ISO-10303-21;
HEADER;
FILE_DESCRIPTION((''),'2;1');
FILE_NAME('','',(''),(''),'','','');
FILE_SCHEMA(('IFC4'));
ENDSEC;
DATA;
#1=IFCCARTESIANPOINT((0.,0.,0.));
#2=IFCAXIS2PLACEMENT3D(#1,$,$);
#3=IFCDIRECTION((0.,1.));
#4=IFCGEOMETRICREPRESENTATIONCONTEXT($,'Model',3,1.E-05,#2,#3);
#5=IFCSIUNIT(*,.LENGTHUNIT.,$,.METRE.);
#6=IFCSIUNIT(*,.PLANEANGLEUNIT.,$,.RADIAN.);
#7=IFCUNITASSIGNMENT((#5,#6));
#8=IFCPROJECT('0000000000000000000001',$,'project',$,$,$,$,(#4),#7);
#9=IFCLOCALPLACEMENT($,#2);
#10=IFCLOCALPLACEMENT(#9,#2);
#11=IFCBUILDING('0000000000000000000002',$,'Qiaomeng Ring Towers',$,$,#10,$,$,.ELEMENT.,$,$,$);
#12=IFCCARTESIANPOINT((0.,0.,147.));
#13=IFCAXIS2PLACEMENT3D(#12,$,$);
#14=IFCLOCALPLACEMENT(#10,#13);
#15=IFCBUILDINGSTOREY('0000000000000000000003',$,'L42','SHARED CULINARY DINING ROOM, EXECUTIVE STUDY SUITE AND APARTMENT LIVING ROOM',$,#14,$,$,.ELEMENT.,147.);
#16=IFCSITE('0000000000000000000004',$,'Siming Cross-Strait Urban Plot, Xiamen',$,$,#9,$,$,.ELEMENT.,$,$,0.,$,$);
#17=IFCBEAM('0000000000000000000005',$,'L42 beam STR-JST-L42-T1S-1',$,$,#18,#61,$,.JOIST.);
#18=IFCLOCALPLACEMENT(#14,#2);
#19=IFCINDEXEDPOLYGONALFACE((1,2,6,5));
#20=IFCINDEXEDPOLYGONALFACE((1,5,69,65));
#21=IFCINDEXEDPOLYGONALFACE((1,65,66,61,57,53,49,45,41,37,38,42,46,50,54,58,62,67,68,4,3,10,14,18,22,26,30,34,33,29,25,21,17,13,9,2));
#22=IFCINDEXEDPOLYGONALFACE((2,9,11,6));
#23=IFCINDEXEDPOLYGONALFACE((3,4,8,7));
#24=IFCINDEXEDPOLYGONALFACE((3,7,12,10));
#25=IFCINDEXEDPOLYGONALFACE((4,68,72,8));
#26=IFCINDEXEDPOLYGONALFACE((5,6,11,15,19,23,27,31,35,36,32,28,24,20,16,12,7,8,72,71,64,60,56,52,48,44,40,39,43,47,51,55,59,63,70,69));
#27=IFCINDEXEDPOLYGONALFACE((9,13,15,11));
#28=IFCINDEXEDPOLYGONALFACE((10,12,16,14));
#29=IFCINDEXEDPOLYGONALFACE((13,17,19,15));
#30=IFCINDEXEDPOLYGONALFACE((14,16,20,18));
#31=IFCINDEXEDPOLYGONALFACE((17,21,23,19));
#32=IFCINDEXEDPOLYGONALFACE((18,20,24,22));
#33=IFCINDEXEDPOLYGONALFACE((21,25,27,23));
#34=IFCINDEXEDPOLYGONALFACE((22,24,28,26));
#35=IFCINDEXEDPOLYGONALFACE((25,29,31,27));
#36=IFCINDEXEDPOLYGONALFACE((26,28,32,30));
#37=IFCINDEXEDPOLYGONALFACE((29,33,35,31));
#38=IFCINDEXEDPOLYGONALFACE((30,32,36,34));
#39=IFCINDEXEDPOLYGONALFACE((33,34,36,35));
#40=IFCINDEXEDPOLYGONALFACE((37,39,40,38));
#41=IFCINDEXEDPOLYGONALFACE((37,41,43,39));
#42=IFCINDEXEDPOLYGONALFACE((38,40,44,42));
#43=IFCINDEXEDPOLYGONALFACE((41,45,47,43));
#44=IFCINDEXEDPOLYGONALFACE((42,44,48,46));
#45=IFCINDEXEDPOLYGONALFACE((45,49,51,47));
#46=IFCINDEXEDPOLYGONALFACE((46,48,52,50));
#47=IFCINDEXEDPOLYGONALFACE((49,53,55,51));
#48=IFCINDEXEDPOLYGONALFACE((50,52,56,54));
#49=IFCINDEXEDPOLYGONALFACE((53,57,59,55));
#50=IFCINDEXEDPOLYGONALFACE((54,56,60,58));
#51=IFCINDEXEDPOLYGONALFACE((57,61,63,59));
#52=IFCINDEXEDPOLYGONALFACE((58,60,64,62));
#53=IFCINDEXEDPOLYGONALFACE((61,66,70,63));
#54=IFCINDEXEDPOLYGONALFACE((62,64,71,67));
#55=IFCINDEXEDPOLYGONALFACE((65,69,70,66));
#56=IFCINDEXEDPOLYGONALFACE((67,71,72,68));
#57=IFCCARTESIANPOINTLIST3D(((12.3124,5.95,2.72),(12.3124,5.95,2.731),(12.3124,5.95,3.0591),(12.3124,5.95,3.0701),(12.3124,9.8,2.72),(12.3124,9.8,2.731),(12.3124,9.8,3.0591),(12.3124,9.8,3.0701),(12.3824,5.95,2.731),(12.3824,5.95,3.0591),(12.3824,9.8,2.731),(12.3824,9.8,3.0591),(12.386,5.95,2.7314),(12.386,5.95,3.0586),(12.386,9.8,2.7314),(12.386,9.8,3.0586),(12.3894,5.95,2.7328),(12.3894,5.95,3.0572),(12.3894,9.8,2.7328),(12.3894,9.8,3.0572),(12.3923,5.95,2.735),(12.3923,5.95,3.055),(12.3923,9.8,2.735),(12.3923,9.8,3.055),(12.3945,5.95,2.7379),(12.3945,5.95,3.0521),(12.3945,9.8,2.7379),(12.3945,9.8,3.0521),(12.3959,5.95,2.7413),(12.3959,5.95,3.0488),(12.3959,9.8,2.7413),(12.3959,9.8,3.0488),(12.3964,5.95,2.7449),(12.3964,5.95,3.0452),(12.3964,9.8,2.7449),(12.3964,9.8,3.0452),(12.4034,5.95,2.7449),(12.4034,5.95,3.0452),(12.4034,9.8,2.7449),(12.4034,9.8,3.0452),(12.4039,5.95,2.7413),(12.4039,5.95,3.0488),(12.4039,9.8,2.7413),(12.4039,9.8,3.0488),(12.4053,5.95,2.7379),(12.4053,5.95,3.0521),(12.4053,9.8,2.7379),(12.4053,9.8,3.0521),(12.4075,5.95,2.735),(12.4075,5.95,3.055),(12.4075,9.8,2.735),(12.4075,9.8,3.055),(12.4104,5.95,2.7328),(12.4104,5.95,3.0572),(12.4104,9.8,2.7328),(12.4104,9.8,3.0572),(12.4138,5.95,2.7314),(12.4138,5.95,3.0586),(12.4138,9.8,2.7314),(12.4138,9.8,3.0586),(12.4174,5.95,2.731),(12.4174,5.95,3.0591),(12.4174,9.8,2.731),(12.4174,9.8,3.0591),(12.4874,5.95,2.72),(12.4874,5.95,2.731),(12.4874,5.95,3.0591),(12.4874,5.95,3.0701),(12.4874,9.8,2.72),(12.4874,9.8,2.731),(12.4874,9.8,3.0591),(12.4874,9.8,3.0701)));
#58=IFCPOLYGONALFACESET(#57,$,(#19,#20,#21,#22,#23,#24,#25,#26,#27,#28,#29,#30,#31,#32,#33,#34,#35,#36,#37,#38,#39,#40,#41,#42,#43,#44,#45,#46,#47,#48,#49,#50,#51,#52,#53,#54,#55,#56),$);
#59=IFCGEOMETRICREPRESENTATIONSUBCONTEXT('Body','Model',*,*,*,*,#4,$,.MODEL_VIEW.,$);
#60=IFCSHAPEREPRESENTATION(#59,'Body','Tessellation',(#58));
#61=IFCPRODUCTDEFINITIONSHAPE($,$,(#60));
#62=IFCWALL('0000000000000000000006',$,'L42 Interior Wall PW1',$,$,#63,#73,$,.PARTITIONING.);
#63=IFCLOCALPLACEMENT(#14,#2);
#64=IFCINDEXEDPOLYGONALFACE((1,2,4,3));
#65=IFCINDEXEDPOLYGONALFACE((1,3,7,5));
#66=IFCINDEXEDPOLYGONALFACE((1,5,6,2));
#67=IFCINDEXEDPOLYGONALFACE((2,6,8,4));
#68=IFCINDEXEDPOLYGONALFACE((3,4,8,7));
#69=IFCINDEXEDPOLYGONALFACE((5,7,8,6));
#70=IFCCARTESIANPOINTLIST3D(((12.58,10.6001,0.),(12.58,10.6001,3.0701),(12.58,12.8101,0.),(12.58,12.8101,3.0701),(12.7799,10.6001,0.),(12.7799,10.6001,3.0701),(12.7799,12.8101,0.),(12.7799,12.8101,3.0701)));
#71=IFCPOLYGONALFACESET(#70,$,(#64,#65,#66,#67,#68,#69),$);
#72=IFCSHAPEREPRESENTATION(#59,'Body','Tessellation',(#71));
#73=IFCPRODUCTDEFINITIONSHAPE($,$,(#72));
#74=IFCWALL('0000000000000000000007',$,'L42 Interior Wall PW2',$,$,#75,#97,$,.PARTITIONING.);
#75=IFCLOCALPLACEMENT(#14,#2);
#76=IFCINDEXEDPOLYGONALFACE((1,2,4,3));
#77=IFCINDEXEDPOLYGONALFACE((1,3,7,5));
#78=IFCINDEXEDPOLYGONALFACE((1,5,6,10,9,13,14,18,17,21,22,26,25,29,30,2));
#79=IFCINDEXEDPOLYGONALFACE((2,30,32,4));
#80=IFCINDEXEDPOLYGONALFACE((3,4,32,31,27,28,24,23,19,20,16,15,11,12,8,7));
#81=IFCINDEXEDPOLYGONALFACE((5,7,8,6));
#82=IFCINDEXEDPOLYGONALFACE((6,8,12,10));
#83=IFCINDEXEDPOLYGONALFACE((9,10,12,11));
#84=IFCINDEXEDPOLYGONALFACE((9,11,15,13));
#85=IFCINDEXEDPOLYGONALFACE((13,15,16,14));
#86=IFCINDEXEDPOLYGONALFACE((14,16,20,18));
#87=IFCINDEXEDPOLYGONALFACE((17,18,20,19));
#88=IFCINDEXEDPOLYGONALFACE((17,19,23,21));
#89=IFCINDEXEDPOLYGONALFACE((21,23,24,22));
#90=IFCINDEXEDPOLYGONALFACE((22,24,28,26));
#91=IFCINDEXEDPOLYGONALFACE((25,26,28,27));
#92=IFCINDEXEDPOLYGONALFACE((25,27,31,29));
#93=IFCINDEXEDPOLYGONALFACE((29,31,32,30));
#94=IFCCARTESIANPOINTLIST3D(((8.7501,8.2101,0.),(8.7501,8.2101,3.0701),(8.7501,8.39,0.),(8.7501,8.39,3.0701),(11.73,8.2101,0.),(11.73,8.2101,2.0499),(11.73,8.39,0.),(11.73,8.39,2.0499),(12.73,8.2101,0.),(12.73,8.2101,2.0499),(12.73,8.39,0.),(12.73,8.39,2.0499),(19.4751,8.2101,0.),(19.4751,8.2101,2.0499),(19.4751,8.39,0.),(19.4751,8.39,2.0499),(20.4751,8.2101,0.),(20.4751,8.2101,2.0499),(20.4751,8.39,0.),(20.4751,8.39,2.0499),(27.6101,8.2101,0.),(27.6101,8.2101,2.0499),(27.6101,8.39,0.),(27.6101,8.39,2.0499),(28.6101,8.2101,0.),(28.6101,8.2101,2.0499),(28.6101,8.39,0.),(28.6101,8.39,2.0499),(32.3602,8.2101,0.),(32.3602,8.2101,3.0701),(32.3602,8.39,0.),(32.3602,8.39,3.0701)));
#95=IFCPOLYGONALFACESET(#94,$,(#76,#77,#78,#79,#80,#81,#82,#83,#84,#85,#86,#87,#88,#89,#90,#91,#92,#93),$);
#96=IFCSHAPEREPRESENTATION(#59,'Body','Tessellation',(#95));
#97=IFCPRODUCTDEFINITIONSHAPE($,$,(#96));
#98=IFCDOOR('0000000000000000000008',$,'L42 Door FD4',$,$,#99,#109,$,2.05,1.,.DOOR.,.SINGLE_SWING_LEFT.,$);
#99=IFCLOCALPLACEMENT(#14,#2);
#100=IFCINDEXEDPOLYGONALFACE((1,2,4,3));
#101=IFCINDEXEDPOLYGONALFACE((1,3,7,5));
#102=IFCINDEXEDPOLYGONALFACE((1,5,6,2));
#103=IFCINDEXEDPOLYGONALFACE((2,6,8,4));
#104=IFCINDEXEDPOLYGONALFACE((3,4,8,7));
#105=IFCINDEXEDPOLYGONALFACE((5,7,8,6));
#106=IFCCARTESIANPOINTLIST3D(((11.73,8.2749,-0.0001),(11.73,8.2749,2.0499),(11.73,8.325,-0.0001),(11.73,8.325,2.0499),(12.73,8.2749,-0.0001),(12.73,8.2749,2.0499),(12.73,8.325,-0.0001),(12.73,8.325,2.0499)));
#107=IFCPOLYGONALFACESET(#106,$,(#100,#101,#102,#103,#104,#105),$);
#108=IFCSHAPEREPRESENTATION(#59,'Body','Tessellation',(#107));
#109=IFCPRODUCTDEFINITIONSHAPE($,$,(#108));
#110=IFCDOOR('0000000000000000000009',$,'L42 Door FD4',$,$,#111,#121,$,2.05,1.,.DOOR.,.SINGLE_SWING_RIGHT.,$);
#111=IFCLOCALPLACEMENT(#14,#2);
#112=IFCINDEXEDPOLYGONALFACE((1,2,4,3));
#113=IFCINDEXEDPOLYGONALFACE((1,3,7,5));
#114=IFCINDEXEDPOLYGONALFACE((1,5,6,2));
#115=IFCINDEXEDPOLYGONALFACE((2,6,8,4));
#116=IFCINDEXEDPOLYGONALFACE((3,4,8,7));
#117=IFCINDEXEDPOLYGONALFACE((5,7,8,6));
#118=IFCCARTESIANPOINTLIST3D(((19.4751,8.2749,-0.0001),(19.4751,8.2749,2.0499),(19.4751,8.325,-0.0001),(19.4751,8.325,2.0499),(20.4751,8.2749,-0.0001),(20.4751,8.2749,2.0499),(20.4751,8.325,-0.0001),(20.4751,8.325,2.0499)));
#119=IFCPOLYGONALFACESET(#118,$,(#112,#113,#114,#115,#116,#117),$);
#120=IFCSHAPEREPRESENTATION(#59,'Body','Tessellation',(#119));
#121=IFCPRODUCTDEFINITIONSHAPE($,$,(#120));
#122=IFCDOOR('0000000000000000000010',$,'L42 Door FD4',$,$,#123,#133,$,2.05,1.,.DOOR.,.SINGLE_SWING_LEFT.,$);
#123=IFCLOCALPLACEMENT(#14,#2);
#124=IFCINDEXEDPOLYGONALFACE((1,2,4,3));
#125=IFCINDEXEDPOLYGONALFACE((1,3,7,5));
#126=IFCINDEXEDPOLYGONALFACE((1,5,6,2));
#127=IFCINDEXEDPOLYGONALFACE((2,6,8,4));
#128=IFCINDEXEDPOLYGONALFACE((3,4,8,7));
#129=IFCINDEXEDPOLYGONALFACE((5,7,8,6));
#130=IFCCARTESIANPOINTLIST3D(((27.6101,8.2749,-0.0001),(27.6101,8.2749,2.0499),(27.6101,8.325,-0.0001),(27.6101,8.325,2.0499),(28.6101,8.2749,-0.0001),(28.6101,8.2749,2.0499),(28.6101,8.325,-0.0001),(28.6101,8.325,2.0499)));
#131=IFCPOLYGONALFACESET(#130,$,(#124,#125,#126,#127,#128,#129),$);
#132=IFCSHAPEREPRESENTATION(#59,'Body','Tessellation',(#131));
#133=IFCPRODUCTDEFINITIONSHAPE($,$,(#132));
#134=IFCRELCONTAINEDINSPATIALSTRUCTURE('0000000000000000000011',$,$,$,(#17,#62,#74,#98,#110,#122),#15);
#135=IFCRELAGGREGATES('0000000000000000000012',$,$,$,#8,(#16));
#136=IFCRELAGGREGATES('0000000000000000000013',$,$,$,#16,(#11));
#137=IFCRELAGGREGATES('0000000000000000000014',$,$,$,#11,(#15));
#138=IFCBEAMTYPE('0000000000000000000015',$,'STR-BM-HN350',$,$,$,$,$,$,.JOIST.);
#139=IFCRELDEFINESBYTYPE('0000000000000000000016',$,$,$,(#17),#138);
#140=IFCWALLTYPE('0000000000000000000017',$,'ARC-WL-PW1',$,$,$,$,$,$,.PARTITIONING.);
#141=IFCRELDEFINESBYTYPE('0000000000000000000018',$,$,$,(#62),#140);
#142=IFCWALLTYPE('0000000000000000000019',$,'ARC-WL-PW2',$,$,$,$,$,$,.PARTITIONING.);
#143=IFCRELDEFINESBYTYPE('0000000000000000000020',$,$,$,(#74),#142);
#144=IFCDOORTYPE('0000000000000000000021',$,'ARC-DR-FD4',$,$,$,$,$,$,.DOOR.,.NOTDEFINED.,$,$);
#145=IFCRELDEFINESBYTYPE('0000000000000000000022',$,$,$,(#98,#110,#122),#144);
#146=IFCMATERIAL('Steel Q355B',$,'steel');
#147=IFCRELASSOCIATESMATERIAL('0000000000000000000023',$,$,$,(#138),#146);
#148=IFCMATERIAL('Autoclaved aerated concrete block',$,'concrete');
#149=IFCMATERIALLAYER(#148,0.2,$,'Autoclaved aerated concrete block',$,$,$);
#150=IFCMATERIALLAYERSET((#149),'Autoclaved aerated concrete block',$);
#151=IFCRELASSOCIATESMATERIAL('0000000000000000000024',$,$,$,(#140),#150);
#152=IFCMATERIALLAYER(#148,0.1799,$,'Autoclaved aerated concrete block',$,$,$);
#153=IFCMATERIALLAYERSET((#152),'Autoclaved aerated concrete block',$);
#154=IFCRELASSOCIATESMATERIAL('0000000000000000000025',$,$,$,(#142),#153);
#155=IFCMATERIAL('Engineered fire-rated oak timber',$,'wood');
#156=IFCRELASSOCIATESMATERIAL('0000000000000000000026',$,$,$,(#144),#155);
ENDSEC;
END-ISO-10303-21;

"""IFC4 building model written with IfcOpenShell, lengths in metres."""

from ifc_helpers import new_model, si_unit, direction, frame, frame_2d, origin, origin_2d, place, context, subcontext, project, spatial, rectangle, i_section, extrude, source, transform, mapped, material, layer, layer_set, material_profile, profile_set, type_object, element, fill, save


model = new_model("IFC4")

# Units and contexts
model_context = context("Model", 3, precision=1e-05, world=origin(), true_north=direction((0.0, 1.0)))
body_context = subcontext(model_context, "Body", "Model", "MODEL_VIEW")
ifc_project = project(units=[si_unit("LENGTHUNIT", "METRE"), si_unit("PLANEANGLEUNIT", "RADIAN")], contexts=[model_context])

# Site, building, storey
site_placement = place(None, origin())
site = spatial("IfcSite", under=ifc_project, at=site_placement, Name="Siming Cross-Strait Urban Plot, Xiamen", CompositionType="ELEMENT", RefElevation=0.0)
building_placement = place(site_placement, origin())
building = spatial("IfcBuilding", under=site, at=building_placement, Name="Qiaomeng Ring Towers", CompositionType="ELEMENT")
storey_placement = place(building_placement, frame((0.0, 0.0, 147.0)))
storey = spatial("IfcBuildingStorey", under=building, at=storey_placement, Name="L42", Description="SHARED CULINARY DINING ROOM, EXECUTIVE STUDY SUITE AND APARTMENT LIVING ROOM", CompositionType="ELEMENT", Elevation=147.0)

# Beam
ifc_material_1 = material(Name="Steel Q355B", Category="steel")
ifc_material_profile = material_profile(ifc_material_1, i_section(OverallWidth=0.175, OverallDepth=0.3501, WebThickness=0.0071, FlangeThickness=0.011, FilletRadius=0.0139, at=origin_2d()), Name="HN 350x175x7x11")
ifc_profile_set = profile_set([ifc_material_profile], Name="Steel Q355B")
beam_type = type_object("IfcBeamType", Name="STR-BM-HN350", PredefinedType="JOIST", material=ifc_profile_set)
shared_shape_1 = source(origin(), body_context, "Body", "SweptSolid", [
    extrude(i_section(OverallWidth=0.175, OverallDepth=0.3501, WebThickness=0.0071, FlangeThickness=0.011, FilletRadius=0.0139, at=origin_2d()), origin(), (0.0, 0.0, 1.0), 3.8501),
])
beam_placement = place(storey_placement, frame((12.3999, 5.95, 2.895), z_axis=(0.0, 1.0, 0.0), x_axis=(-1.0, 0.0, 0.0)))
element("IfcBeam", 1, at=beam_placement, inside=storey, type_object=beam_type, Name="L42 beam STR-JST-L42-T1S-1", PredefinedType="JOIST", context=body_context, shape_type="MappedRepresentation", body=[
    mapped(shared_shape_1, transform((0.0, 0.0, 0.0), x_axis=(1.0, 0.0, 0.0), y_axis=(0.0, 1.0, 0.0), z_axis=(0.0, 0.0, 1.0), scale=1.0)),
])

# Wall
ifc_material_2 = material(Name="Autoclaved aerated concrete block", Category="concrete")
ifc_layer_1 = layer(ifc_material_2, 0.2, Name="Autoclaved aerated concrete block")
ifc_layer_set_1 = layer_set([ifc_layer_1], Name="Autoclaved aerated concrete block")
wall_type_1 = type_object("IfcWallType", Name="ARC-WL-PW1", PredefinedType="PARTITIONING", material=ifc_layer_set_1)
wall_1_placement = place(storey_placement, frame((12.6799, 10.6001, 0.0), z_axis=(0.0, 0.0, 1.0), x_axis=(0.0, 1.0, 0.0)))
element("IfcWall", 2, at=wall_1_placement, inside=storey, type_object=wall_type_1, Name="L42 Interior Wall PW1", PredefinedType="PARTITIONING", context=body_context, shape_type="SweptSolid", body=[
    extrude(rectangle(XDim=2.21, YDim=0.2, at=frame_2d((1.105, 0.0))), origin(), (0.0, 0.0, 1.0), 3.0701),
])

# Wall, openings, doors
ifc_layer_2 = layer(ifc_material_2, 0.1799, Name="Autoclaved aerated concrete block")
ifc_layer_set_2 = layer_set([ifc_layer_2], Name="Autoclaved aerated concrete block")
wall_type_2 = type_object("IfcWallType", Name="ARC-WL-PW2", PredefinedType="PARTITIONING", material=ifc_layer_set_2)
wall_2_placement = place(storey_placement, frame((8.75, 8.3, 0.0), z_axis=(0.0, 0.0, 1.0), x_axis=(1.0, 0.0, 0.0)))
wall_2 = element("IfcWall", 3, at=wall_2_placement, inside=storey, type_object=wall_type_2, Name="L42 Interior Wall PW2", PredefinedType="PARTITIONING", context=body_context, shape_type="SweptSolid", body=[
    extrude(rectangle(XDim=23.6101, YDim=0.1799, at=frame_2d((11.8052, 0.0))), origin(), (0.0, 0.0, 1.0), 3.0701),
])
opening_1_placement = place(wall_2_placement, frame((2.98, 0.0, 0.0)))
opening_1 = element("IfcOpeningElement", 4, at=opening_1_placement, cuts=wall_2, PredefinedType="OPENING", context=body_context, shape_type="SweptSolid", body=[
    extrude(rectangle(XDim=1.0, YDim=2.05, at=frame_2d((0.5, 1.0249))), frame((0.0, 0.0999, 0.0), z_axis=(0.0, -1.0, 0.0), x_axis=(1.0, 0.0, 0.0)), (0.0, 0.0, 1.0), 0.2),
])
opening_2_placement = place(wall_2_placement, frame((10.7251, 0.0, 0.0)))
opening_2 = element("IfcOpeningElement", 5, at=opening_2_placement, cuts=wall_2, PredefinedType="OPENING", context=body_context, shape_type="SweptSolid", body=[
    extrude(rectangle(XDim=1.0, YDim=2.05, at=frame_2d((0.5, 1.0249))), frame((0.0, 0.0999, 0.0), z_axis=(0.0, -1.0, 0.0), x_axis=(1.0, 0.0, 0.0)), (0.0, 0.0, 1.0), 0.2),
])
opening_3_placement = place(wall_2_placement, frame((18.8601, 0.0, 0.0)))
opening_3 = element("IfcOpeningElement", 6, at=opening_3_placement, cuts=wall_2, PredefinedType="OPENING", context=body_context, shape_type="SweptSolid", body=[
    extrude(rectangle(XDim=1.0, YDim=2.05, at=frame_2d((0.5, 1.0249))), frame((0.0, 0.0999, 0.0), z_axis=(0.0, -1.0, 0.0), x_axis=(1.0, 0.0, 0.0)), (0.0, 0.0, 1.0), 0.2),
])
ifc_material_3 = material(Name="Engineered fire-rated oak timber", Category="wood")
door_type_1 = type_object("IfcDoorType", Name="ARC-DR-FD4", OperationType="NOTDEFINED", PredefinedType="DOOR", material=ifc_material_3)
shared_shape_2 = source(origin(), body_context, "Body", "SweptSolid", [
    extrude(rectangle(XDim=1.0, YDim=2.05, at=frame_2d((0.5, 1.0249))), frame((0.0, 0.0249, 0.0), z_axis=(0.0, -1.0, 0.0), x_axis=(1.0, 0.0, 0.0)), (0.0, 0.0, 1.0), 0.05),
])
door_1_placement = place(opening_1_placement, origin())
door_1 = element("IfcDoor", 7, at=door_1_placement, inside=storey, type_object=door_type_1, Name="L42 Door FD4", OperationType="SINGLE_SWING_LEFT", OverallHeight=2.05, OverallWidth=1.0, PredefinedType="DOOR", context=body_context, shape_type="MappedRepresentation", body=[
    mapped(shared_shape_2, transform((0.0, 0.0, 0.0), x_axis=(1.0, 0.0, 0.0), y_axis=(0.0, 1.0, 0.0), z_axis=(0.0, 0.0, 1.0), scale=1.0)),
])
fill(opening_1, door_1)
door_2_placement = place(opening_2_placement, origin())
door_2 = element("IfcDoor", 8, at=door_2_placement, inside=storey, type_object=door_type_1, Name="L42 Door FD4", OperationType="SINGLE_SWING_RIGHT", OverallHeight=2.05, OverallWidth=1.0, PredefinedType="DOOR", context=body_context, shape_type="MappedRepresentation", body=[
    mapped(shared_shape_2, transform((0.0, 0.0, 0.0), x_axis=(1.0, 0.0, 0.0), y_axis=(0.0, 1.0, 0.0), z_axis=(0.0, 0.0, 1.0), scale=1.0)),
])
fill(opening_2, door_2)
door_3_placement = place(opening_3_placement, origin())
door_3 = element("IfcDoor", 9, at=door_3_placement, inside=storey, type_object=door_type_1, Name="L42 Door FD4", OperationType="SINGLE_SWING_LEFT", OverallHeight=2.05, OverallWidth=1.0, PredefinedType="DOOR", context=body_context, shape_type="MappedRepresentation", body=[
    mapped(shared_shape_2, transform((0.0, 0.0, 0.0), x_axis=(1.0, 0.0, 0.0), y_axis=(0.0, 1.0, 0.0), z_axis=(0.0, 0.0, 1.0), scale=1.0)),
])
fill(opening_3, door_3)

save(model, "model.ifc")
